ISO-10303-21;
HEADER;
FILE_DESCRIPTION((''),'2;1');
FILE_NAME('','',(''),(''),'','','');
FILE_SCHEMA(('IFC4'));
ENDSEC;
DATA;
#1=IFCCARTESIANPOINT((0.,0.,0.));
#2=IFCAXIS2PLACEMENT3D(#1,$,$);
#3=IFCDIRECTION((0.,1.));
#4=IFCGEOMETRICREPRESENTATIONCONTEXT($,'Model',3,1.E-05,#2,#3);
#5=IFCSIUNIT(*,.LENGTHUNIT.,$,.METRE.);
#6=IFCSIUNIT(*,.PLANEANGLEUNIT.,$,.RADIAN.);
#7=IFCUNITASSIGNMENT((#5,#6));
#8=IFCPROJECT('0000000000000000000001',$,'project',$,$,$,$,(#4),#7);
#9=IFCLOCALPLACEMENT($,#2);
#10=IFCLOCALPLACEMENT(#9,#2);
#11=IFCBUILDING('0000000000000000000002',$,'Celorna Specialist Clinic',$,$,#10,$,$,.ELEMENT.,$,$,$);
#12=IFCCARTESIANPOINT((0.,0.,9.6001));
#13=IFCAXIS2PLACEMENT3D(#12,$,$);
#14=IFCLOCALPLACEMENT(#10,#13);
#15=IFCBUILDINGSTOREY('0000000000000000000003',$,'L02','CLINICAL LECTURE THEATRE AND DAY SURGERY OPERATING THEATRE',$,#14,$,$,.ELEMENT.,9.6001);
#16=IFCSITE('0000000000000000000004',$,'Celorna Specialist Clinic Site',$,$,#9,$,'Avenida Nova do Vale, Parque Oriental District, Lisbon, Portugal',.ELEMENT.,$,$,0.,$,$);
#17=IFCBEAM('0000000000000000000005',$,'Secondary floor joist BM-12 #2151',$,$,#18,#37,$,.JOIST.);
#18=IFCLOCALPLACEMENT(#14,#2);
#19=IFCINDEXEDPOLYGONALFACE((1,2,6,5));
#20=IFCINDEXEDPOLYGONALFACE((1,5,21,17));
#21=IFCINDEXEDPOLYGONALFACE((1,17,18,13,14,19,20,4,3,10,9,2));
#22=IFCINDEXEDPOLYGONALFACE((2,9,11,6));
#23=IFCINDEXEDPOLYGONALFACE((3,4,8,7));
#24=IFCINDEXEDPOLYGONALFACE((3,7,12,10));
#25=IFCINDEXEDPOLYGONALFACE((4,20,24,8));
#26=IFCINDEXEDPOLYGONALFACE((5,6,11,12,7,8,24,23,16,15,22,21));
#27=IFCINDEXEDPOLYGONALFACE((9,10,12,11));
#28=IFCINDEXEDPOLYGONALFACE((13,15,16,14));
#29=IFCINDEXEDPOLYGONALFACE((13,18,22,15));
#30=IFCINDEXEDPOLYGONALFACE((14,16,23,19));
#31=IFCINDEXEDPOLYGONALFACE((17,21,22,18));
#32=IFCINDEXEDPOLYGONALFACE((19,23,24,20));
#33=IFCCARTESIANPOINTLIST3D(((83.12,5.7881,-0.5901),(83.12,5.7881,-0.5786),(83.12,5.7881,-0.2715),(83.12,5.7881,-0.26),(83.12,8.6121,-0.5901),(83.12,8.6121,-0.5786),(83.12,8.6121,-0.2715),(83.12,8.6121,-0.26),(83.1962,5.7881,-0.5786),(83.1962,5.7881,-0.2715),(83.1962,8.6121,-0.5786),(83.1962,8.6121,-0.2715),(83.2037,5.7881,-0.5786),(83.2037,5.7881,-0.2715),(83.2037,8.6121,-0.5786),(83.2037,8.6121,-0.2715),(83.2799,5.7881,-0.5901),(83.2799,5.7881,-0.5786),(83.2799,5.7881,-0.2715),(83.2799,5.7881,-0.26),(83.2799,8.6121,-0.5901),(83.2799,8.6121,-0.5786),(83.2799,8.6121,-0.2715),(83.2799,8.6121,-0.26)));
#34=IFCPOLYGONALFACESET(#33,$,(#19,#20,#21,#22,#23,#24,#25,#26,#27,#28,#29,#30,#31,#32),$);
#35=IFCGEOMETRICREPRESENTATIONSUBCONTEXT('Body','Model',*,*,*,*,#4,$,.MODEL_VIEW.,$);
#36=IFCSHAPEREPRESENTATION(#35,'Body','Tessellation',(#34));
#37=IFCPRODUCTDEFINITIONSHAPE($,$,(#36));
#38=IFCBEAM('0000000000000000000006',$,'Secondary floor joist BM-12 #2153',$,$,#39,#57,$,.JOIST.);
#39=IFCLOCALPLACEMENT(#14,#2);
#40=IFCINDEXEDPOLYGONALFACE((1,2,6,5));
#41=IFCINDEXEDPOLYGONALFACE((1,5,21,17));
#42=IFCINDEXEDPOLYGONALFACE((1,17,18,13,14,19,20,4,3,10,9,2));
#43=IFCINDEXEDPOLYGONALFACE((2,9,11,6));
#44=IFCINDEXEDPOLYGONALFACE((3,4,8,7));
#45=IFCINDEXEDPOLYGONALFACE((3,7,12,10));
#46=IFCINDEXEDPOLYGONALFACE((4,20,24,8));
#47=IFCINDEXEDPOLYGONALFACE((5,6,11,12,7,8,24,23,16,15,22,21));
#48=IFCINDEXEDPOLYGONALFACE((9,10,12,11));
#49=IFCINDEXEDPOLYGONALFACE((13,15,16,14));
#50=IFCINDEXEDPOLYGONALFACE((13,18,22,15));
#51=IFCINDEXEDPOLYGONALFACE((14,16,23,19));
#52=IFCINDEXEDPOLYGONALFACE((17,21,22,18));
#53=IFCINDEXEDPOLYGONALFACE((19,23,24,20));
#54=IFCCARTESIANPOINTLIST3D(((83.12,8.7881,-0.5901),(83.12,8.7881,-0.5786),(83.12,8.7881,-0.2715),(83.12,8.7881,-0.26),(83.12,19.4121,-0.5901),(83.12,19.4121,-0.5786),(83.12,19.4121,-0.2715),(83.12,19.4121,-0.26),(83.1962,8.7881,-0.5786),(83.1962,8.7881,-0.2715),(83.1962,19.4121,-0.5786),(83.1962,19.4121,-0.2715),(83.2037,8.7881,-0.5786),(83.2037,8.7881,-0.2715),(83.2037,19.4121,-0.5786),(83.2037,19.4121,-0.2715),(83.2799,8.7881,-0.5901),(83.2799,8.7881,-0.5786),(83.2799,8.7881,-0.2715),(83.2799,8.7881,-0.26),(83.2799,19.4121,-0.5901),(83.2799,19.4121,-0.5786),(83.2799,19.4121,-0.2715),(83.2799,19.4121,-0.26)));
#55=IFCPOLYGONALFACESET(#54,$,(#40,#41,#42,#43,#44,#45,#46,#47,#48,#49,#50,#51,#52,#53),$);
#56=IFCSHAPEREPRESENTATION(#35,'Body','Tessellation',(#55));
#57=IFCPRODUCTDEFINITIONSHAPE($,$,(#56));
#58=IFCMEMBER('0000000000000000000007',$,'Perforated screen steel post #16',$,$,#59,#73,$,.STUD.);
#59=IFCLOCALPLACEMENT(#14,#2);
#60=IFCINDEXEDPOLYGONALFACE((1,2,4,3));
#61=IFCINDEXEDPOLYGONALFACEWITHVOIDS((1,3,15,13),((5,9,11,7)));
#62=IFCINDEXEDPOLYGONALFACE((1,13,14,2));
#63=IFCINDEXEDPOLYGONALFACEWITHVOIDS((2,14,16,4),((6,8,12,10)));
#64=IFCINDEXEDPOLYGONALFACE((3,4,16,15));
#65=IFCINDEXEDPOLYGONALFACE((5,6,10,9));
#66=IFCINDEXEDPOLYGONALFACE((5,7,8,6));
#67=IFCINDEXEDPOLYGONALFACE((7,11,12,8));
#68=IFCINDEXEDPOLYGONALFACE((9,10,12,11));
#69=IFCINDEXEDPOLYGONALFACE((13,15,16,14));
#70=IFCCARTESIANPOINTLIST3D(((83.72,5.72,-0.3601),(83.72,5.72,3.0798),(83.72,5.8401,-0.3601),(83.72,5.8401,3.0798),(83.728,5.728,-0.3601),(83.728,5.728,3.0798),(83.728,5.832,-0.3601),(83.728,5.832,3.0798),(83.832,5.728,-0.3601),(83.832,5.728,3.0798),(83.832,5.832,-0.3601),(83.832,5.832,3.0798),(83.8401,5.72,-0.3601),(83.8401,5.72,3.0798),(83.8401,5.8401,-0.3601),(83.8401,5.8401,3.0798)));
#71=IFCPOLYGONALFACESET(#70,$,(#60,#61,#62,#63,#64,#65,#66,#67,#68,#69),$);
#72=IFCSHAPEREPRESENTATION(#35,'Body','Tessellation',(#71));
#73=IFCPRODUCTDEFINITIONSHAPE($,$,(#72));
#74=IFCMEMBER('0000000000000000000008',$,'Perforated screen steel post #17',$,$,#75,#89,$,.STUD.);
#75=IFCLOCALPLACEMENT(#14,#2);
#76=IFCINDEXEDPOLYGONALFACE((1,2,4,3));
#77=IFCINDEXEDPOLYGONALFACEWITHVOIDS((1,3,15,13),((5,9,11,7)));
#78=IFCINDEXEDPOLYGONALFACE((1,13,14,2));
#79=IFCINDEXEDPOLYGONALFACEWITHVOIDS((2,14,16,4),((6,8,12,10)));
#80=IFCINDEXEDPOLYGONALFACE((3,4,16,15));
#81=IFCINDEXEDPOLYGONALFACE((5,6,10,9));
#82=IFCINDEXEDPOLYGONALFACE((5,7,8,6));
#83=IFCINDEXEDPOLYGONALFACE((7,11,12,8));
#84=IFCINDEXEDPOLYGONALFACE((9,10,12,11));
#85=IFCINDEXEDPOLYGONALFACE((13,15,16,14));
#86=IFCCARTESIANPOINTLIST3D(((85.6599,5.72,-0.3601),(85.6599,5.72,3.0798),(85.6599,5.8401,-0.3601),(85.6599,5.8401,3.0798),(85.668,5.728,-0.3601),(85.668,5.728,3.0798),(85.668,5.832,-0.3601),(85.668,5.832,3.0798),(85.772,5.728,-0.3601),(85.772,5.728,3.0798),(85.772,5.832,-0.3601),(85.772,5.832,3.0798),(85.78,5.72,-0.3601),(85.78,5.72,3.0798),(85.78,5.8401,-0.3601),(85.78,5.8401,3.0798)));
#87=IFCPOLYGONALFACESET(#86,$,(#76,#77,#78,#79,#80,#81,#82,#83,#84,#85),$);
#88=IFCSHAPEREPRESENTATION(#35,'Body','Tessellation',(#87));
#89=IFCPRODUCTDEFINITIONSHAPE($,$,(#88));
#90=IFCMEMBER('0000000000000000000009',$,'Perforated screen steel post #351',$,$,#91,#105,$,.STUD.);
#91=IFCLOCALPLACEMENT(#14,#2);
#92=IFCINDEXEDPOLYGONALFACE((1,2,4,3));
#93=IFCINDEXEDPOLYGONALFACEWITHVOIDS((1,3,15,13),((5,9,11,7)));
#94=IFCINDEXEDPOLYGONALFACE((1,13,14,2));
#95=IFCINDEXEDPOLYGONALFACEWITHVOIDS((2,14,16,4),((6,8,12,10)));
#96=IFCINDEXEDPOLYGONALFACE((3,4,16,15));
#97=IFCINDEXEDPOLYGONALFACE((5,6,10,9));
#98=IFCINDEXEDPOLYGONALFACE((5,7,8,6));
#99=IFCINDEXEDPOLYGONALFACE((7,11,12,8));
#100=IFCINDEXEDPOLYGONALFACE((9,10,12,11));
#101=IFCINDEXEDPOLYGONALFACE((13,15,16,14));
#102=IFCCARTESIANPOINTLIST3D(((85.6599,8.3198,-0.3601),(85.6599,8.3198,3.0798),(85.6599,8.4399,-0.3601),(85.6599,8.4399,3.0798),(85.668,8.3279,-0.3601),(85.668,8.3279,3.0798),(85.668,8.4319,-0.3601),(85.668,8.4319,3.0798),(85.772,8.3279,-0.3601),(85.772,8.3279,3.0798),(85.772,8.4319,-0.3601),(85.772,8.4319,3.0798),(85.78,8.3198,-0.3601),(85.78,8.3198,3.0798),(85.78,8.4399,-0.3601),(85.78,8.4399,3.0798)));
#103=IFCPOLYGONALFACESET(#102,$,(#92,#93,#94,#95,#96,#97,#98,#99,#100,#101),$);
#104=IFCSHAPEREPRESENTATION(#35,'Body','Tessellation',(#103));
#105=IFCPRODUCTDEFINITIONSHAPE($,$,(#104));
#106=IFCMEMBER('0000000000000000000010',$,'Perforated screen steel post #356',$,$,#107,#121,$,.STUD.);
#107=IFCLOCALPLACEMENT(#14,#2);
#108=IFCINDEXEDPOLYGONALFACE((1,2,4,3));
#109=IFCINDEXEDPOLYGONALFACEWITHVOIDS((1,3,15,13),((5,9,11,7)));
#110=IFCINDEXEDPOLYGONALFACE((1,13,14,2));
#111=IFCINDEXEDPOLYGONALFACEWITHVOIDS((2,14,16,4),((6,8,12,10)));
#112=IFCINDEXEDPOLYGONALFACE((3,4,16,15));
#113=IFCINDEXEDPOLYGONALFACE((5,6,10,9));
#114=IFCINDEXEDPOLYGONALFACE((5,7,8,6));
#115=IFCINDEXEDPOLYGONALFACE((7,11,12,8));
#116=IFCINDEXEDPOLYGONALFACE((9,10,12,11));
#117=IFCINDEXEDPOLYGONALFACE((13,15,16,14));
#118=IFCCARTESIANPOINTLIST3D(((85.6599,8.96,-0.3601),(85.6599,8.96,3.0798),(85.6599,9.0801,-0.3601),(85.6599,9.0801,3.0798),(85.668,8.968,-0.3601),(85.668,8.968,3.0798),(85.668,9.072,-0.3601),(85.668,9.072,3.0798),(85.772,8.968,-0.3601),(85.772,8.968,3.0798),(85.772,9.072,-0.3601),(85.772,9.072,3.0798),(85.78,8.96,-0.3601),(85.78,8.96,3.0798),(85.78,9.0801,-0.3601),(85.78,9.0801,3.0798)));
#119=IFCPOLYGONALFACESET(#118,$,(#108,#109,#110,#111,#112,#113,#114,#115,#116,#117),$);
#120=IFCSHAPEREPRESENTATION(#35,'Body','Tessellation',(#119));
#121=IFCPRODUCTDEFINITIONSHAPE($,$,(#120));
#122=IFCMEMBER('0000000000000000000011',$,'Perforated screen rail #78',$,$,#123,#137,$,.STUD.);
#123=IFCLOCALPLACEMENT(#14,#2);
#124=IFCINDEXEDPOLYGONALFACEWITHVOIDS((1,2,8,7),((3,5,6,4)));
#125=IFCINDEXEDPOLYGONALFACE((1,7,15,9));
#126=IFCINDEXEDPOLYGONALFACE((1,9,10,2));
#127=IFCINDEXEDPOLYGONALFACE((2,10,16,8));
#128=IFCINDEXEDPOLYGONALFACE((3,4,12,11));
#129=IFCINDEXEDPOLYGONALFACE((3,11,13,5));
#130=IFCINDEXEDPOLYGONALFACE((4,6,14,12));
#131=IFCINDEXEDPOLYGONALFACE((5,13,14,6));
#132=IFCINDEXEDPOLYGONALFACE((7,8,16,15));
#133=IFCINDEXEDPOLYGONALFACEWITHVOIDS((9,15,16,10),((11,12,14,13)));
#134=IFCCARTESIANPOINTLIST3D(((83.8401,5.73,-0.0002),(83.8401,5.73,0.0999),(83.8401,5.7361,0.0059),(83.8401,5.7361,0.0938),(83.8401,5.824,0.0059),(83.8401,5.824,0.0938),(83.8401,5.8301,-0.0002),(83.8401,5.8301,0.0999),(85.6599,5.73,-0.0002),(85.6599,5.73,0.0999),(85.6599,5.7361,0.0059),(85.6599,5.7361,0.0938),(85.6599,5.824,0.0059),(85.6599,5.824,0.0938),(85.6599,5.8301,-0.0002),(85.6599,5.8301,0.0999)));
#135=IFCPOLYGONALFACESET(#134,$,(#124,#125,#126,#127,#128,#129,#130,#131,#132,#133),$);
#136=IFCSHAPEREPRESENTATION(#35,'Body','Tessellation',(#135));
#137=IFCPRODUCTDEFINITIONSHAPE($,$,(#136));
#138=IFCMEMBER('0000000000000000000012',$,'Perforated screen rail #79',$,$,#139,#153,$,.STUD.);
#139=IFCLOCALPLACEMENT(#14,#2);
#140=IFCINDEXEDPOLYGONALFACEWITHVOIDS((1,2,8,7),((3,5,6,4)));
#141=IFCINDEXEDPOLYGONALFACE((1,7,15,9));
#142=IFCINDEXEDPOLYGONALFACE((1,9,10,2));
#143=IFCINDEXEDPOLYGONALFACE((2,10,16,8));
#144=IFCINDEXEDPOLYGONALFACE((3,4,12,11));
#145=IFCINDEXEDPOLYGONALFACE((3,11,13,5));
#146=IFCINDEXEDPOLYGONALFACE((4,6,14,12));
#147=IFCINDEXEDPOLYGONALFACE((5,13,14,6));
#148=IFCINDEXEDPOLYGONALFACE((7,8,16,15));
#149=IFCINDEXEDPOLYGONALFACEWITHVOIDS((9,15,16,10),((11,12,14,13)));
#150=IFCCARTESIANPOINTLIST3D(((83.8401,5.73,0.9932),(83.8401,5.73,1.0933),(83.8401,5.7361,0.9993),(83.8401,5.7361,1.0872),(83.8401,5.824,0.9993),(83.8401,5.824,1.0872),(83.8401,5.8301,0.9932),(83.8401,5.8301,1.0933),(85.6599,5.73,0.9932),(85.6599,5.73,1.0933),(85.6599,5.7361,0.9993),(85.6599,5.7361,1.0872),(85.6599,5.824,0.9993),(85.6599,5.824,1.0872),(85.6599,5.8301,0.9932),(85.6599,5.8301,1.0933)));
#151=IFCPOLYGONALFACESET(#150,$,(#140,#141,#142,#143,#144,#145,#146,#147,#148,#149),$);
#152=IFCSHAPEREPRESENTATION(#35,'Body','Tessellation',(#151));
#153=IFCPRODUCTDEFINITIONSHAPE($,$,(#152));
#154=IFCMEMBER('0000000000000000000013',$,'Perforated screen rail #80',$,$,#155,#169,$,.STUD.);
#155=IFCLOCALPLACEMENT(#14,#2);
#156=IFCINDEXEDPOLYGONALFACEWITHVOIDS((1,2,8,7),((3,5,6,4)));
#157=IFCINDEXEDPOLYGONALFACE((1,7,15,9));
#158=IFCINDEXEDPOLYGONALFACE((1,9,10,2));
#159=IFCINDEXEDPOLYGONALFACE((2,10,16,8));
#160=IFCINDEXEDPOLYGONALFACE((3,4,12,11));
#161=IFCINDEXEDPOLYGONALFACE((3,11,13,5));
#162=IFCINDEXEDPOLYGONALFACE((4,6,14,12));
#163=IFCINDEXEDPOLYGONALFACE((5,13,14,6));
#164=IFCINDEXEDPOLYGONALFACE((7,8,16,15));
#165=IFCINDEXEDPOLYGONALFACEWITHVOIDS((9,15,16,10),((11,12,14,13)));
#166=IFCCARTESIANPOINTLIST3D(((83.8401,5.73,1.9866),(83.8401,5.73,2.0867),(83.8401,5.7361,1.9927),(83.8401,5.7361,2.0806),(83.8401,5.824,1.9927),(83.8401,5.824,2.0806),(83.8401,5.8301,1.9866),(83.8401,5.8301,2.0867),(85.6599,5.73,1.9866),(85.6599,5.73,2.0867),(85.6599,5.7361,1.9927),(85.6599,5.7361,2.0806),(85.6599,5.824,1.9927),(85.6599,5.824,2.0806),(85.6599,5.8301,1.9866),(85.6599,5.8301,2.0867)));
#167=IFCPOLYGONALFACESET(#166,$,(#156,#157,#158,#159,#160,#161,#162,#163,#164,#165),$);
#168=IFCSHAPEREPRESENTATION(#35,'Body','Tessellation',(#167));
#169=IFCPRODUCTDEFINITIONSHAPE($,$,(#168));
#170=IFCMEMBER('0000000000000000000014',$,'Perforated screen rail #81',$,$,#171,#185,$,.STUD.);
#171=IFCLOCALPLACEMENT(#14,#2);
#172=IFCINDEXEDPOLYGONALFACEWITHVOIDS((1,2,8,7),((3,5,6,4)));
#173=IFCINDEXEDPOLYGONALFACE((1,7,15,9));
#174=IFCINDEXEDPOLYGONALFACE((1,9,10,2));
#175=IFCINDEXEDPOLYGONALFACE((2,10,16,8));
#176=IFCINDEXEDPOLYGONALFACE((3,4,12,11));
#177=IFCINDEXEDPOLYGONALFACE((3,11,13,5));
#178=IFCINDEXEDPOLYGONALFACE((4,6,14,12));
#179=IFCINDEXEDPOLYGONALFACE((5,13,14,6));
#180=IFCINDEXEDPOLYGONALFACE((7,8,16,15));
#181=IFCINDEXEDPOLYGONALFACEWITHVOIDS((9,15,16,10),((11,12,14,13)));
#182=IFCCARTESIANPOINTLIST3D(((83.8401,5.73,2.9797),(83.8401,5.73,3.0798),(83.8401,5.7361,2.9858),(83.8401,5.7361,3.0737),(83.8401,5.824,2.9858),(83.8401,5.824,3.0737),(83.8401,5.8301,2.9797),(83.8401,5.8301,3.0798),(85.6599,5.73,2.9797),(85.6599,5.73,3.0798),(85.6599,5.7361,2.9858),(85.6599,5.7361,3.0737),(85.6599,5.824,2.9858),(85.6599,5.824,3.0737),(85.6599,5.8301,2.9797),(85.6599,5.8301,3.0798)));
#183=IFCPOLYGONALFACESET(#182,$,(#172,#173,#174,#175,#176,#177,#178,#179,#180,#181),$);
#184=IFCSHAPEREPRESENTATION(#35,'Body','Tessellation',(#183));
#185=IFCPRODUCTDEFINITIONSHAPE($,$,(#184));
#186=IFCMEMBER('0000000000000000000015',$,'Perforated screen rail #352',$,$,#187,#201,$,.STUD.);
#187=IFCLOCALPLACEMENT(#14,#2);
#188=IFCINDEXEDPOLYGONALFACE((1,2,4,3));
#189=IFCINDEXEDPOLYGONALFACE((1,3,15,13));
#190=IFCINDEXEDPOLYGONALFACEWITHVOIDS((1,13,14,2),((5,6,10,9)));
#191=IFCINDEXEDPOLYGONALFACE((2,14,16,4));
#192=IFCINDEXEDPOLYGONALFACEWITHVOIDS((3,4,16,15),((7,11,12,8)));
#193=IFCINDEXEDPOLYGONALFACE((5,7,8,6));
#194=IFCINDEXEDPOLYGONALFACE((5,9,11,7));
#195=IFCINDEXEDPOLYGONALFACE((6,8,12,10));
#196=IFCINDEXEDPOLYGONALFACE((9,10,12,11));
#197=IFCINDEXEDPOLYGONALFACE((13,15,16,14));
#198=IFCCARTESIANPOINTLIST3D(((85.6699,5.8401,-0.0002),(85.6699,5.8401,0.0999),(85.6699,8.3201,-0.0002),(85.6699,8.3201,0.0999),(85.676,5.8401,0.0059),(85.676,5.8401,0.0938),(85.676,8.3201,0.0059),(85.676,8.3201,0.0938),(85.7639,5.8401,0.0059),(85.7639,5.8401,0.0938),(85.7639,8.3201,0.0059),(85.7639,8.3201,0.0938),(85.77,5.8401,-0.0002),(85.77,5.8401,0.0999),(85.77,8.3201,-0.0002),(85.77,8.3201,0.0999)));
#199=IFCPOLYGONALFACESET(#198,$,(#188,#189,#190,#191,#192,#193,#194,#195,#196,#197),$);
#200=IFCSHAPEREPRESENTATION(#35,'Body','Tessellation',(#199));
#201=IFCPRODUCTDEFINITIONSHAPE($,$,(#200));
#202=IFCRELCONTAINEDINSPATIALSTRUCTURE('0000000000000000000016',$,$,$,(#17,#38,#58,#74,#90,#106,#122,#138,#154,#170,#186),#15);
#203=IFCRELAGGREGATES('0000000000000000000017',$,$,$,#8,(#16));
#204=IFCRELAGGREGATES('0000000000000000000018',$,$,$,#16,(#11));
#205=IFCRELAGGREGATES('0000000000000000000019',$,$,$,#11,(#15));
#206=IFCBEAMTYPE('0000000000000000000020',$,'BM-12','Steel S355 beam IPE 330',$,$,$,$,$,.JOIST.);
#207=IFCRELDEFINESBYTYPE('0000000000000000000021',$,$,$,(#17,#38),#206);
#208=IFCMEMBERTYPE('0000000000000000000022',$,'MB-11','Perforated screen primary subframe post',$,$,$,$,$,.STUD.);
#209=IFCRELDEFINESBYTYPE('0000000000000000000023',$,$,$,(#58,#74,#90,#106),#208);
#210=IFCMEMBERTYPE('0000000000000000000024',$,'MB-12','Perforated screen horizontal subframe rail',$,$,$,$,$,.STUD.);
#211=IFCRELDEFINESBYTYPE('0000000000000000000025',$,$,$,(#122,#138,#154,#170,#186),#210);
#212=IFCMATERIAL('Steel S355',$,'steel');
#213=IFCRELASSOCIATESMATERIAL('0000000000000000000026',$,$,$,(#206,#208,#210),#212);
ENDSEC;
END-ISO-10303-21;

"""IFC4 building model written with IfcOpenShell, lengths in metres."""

from ifc_helpers import new_model, si_unit, direction, frame, origin, origin_2d, place, context, subcontext, project, spatial, hollow_rectangle, i_section, extrude, material, material_profile, profile_set, type_object, element, save


model = new_model("IFC4")

# Units and contexts
model_context = context("Model", 3, precision=1e-05, world=origin(), true_north=direction((0.0, 1.0)))
body_context = subcontext(model_context, "Body", "Model", "MODEL_VIEW")
ifc_project = project(units=[si_unit("LENGTHUNIT", "METRE"), si_unit("PLANEANGLEUNIT", "RADIAN")], contexts=[model_context])

# Site, building, storey
site_placement = place(None, origin())
site = spatial("IfcSite", under=ifc_project, at=site_placement, Name="Celorna Specialist Clinic Site", LongName="Avenida Nova do Vale, Parque Oriental District, Lisbon, Portugal", CompositionType="ELEMENT", RefElevation=0.0)
building_placement = place(site_placement, origin())
building = spatial("IfcBuilding", under=site, at=building_placement, Name="Celorna Specialist Clinic", CompositionType="ELEMENT")
storey_placement = place(building_placement, frame((0.0, 0.0, 9.6001)))
storey = spatial("IfcBuildingStorey", under=building, at=storey_placement, Name="L02", Description="CLINICAL LECTURE THEATRE AND DAY SURGERY OPERATING THEATRE", CompositionType="ELEMENT", Elevation=9.6001)

# Beams
ifc_material_1 = material(Name="Steel S355", Category="steel")
ifc_material_profile_1 = material_profile(ifc_material_1, i_section(OverallWidth=0.1599, OverallDepth=0.3301, WebThickness=0.0076, FlangeThickness=0.0115, at=origin_2d()), Name="IPE 330")
ifc_profile_set_1 = profile_set([ifc_material_profile_1], Name="Steel S355")
beam_type = type_object("IfcBeamType", Name="BM-12", Description="Steel S355 beam IPE 330", PredefinedType="JOIST", material=ifc_profile_set_1)
beam_1_placement = place(storey_placement, frame((83.2, 5.7881, -0.425), z_axis=(0.0, 1.0, 0.0), x_axis=(-1.0, 0.0, 0.0)))
element("IfcBeam", 1, at=beam_1_placement, inside=storey, type_object=beam_type, Name="Secondary floor joist BM-12 #2151", PredefinedType="JOIST", context=body_context, shape_type="SweptSolid", body=[
    extrude(i_section(OverallWidth=0.1599, OverallDepth=0.3301, WebThickness=0.0076, FlangeThickness=0.0115, at=origin_2d()), origin(), (0.0, 0.0, 1.0), 2.824),
])
beam_2_placement = place(storey_placement, frame((83.2, 8.7881, -0.425), z_axis=(0.0, 1.0, 0.0), x_axis=(-1.0, 0.0, 0.0)))
element("IfcBeam", 2, at=beam_2_placement, inside=storey, type_object=beam_type, Name="Secondary floor joist BM-12 #2153", PredefinedType="JOIST", context=body_context, shape_type="SweptSolid", body=[
    extrude(i_section(OverallWidth=0.1599, OverallDepth=0.3301, WebThickness=0.0076, FlangeThickness=0.0115, at=origin_2d()), origin(), (0.0, 0.0, 1.0), 10.624),
])

# Members
ifc_material_profile_2 = material_profile(ifc_material_1, hollow_rectangle(XDim=0.1201, YDim=0.1201, WallThickness=0.0081, at=origin_2d()), Name="SHS 120x120x8")
ifc_profile_set_2 = profile_set([ifc_material_profile_2], Name="Steel S355")
member_type_1 = type_object("IfcMemberType", Name="MB-11", Description="Perforated screen primary subframe post", PredefinedType="STUD", material=ifc_profile_set_2)
for number, where, z_axis, x_axis, name in (
    (3, (83.78, 5.78, -0.3601), (0.0, 0.0, 1.0), (1.0, 0.0, 0.0), "Perforated screen steel post #16"),
    (4, (85.72, 5.78, -0.3601), (0.0, 0.0, 1.0), (1.0, 0.0, 0.0), "Perforated screen steel post #17"),
    (5, (85.72, 8.3799, -0.3601), (0.0, 0.0, 1.0), (1.0, 0.0, 0.0), "Perforated screen steel post #351"),
    (6, (85.72, 9.02, -0.3601), (0.0, 0.0, 1.0), (1.0, 0.0, 0.0), "Perforated screen steel post #356"),
):
    element("IfcMember", number, at=place(storey_placement, frame(where, z_axis=z_axis, x_axis=x_axis)), inside=storey, type_object=member_type_1, Name=name, PredefinedType="STUD", context=body_context, shape_type="SweptSolid", body=[
        extrude(hollow_rectangle(XDim=0.1201, YDim=0.1201, WallThickness=0.0081, at=origin_2d()), origin(), (0.0, 0.0, 1.0), 3.4399),
    ])
ifc_material_profile_3 = material_profile(ifc_material_1, hollow_rectangle(XDim=0.1001, YDim=0.1001, WallThickness=0.0061, at=origin_2d()), Name="SHS 100x100x6")
ifc_profile_set_3 = profile_set([ifc_material_profile_3], Name="Steel S355")
member_type_2 = type_object("IfcMemberType", Name="MB-12", Description="Perforated screen horizontal subframe rail", PredefinedType="STUD", material=ifc_profile_set_3)
for number, where, z_axis, x_axis, name in (
    (7, (83.8401, 5.78, 0.0498), (1.0, 0.0, 0.0), (0.0, 1.0, 0.0), "Perforated screen rail #78"),
    (8, (83.8401, 5.78, 1.0432), (1.0, 0.0, 0.0), (0.0, 1.0, 0.0), "Perforated screen rail #79"),
    (9, (83.8401, 5.78, 2.0366), (1.0, 0.0, 0.0), (0.0, 1.0, 0.0), "Perforated screen rail #80"),
    (10, (83.8401, 5.78, 3.0298), (1.0, 0.0, 0.0), (0.0, 1.0, 0.0), "Perforated screen rail #81"),
):
    element("IfcMember", number, at=place(storey_placement, frame(where, z_axis=z_axis, x_axis=x_axis)), inside=storey, type_object=member_type_2, Name=name, PredefinedType="STUD", context=body_context, shape_type="SweptSolid", body=[
        extrude(hollow_rectangle(XDim=0.1001, YDim=0.1001, WallThickness=0.0061, at=origin_2d()), origin(), (0.0, 0.0, 1.0), 1.8198),
    ])
for number, where, z_axis, x_axis, name in (
    (11, (85.72, 5.8401, 0.0498), (0.0, 1.0, 0.0), (-1.0, 0.0, 0.0), "Perforated screen rail #352"),
):
    element("IfcMember", number, at=place(storey_placement, frame(where, z_axis=z_axis, x_axis=x_axis)), inside=storey, type_object=member_type_2, Name=name, PredefinedType="STUD", context=body_context, shape_type="SweptSolid", body=[
        extrude(hollow_rectangle(XDim=0.1001, YDim=0.1001, WallThickness=0.0061, at=origin_2d()), origin(), (0.0, 0.0, 1.0), 2.48),
    ])

save(model, "model.ifc")
